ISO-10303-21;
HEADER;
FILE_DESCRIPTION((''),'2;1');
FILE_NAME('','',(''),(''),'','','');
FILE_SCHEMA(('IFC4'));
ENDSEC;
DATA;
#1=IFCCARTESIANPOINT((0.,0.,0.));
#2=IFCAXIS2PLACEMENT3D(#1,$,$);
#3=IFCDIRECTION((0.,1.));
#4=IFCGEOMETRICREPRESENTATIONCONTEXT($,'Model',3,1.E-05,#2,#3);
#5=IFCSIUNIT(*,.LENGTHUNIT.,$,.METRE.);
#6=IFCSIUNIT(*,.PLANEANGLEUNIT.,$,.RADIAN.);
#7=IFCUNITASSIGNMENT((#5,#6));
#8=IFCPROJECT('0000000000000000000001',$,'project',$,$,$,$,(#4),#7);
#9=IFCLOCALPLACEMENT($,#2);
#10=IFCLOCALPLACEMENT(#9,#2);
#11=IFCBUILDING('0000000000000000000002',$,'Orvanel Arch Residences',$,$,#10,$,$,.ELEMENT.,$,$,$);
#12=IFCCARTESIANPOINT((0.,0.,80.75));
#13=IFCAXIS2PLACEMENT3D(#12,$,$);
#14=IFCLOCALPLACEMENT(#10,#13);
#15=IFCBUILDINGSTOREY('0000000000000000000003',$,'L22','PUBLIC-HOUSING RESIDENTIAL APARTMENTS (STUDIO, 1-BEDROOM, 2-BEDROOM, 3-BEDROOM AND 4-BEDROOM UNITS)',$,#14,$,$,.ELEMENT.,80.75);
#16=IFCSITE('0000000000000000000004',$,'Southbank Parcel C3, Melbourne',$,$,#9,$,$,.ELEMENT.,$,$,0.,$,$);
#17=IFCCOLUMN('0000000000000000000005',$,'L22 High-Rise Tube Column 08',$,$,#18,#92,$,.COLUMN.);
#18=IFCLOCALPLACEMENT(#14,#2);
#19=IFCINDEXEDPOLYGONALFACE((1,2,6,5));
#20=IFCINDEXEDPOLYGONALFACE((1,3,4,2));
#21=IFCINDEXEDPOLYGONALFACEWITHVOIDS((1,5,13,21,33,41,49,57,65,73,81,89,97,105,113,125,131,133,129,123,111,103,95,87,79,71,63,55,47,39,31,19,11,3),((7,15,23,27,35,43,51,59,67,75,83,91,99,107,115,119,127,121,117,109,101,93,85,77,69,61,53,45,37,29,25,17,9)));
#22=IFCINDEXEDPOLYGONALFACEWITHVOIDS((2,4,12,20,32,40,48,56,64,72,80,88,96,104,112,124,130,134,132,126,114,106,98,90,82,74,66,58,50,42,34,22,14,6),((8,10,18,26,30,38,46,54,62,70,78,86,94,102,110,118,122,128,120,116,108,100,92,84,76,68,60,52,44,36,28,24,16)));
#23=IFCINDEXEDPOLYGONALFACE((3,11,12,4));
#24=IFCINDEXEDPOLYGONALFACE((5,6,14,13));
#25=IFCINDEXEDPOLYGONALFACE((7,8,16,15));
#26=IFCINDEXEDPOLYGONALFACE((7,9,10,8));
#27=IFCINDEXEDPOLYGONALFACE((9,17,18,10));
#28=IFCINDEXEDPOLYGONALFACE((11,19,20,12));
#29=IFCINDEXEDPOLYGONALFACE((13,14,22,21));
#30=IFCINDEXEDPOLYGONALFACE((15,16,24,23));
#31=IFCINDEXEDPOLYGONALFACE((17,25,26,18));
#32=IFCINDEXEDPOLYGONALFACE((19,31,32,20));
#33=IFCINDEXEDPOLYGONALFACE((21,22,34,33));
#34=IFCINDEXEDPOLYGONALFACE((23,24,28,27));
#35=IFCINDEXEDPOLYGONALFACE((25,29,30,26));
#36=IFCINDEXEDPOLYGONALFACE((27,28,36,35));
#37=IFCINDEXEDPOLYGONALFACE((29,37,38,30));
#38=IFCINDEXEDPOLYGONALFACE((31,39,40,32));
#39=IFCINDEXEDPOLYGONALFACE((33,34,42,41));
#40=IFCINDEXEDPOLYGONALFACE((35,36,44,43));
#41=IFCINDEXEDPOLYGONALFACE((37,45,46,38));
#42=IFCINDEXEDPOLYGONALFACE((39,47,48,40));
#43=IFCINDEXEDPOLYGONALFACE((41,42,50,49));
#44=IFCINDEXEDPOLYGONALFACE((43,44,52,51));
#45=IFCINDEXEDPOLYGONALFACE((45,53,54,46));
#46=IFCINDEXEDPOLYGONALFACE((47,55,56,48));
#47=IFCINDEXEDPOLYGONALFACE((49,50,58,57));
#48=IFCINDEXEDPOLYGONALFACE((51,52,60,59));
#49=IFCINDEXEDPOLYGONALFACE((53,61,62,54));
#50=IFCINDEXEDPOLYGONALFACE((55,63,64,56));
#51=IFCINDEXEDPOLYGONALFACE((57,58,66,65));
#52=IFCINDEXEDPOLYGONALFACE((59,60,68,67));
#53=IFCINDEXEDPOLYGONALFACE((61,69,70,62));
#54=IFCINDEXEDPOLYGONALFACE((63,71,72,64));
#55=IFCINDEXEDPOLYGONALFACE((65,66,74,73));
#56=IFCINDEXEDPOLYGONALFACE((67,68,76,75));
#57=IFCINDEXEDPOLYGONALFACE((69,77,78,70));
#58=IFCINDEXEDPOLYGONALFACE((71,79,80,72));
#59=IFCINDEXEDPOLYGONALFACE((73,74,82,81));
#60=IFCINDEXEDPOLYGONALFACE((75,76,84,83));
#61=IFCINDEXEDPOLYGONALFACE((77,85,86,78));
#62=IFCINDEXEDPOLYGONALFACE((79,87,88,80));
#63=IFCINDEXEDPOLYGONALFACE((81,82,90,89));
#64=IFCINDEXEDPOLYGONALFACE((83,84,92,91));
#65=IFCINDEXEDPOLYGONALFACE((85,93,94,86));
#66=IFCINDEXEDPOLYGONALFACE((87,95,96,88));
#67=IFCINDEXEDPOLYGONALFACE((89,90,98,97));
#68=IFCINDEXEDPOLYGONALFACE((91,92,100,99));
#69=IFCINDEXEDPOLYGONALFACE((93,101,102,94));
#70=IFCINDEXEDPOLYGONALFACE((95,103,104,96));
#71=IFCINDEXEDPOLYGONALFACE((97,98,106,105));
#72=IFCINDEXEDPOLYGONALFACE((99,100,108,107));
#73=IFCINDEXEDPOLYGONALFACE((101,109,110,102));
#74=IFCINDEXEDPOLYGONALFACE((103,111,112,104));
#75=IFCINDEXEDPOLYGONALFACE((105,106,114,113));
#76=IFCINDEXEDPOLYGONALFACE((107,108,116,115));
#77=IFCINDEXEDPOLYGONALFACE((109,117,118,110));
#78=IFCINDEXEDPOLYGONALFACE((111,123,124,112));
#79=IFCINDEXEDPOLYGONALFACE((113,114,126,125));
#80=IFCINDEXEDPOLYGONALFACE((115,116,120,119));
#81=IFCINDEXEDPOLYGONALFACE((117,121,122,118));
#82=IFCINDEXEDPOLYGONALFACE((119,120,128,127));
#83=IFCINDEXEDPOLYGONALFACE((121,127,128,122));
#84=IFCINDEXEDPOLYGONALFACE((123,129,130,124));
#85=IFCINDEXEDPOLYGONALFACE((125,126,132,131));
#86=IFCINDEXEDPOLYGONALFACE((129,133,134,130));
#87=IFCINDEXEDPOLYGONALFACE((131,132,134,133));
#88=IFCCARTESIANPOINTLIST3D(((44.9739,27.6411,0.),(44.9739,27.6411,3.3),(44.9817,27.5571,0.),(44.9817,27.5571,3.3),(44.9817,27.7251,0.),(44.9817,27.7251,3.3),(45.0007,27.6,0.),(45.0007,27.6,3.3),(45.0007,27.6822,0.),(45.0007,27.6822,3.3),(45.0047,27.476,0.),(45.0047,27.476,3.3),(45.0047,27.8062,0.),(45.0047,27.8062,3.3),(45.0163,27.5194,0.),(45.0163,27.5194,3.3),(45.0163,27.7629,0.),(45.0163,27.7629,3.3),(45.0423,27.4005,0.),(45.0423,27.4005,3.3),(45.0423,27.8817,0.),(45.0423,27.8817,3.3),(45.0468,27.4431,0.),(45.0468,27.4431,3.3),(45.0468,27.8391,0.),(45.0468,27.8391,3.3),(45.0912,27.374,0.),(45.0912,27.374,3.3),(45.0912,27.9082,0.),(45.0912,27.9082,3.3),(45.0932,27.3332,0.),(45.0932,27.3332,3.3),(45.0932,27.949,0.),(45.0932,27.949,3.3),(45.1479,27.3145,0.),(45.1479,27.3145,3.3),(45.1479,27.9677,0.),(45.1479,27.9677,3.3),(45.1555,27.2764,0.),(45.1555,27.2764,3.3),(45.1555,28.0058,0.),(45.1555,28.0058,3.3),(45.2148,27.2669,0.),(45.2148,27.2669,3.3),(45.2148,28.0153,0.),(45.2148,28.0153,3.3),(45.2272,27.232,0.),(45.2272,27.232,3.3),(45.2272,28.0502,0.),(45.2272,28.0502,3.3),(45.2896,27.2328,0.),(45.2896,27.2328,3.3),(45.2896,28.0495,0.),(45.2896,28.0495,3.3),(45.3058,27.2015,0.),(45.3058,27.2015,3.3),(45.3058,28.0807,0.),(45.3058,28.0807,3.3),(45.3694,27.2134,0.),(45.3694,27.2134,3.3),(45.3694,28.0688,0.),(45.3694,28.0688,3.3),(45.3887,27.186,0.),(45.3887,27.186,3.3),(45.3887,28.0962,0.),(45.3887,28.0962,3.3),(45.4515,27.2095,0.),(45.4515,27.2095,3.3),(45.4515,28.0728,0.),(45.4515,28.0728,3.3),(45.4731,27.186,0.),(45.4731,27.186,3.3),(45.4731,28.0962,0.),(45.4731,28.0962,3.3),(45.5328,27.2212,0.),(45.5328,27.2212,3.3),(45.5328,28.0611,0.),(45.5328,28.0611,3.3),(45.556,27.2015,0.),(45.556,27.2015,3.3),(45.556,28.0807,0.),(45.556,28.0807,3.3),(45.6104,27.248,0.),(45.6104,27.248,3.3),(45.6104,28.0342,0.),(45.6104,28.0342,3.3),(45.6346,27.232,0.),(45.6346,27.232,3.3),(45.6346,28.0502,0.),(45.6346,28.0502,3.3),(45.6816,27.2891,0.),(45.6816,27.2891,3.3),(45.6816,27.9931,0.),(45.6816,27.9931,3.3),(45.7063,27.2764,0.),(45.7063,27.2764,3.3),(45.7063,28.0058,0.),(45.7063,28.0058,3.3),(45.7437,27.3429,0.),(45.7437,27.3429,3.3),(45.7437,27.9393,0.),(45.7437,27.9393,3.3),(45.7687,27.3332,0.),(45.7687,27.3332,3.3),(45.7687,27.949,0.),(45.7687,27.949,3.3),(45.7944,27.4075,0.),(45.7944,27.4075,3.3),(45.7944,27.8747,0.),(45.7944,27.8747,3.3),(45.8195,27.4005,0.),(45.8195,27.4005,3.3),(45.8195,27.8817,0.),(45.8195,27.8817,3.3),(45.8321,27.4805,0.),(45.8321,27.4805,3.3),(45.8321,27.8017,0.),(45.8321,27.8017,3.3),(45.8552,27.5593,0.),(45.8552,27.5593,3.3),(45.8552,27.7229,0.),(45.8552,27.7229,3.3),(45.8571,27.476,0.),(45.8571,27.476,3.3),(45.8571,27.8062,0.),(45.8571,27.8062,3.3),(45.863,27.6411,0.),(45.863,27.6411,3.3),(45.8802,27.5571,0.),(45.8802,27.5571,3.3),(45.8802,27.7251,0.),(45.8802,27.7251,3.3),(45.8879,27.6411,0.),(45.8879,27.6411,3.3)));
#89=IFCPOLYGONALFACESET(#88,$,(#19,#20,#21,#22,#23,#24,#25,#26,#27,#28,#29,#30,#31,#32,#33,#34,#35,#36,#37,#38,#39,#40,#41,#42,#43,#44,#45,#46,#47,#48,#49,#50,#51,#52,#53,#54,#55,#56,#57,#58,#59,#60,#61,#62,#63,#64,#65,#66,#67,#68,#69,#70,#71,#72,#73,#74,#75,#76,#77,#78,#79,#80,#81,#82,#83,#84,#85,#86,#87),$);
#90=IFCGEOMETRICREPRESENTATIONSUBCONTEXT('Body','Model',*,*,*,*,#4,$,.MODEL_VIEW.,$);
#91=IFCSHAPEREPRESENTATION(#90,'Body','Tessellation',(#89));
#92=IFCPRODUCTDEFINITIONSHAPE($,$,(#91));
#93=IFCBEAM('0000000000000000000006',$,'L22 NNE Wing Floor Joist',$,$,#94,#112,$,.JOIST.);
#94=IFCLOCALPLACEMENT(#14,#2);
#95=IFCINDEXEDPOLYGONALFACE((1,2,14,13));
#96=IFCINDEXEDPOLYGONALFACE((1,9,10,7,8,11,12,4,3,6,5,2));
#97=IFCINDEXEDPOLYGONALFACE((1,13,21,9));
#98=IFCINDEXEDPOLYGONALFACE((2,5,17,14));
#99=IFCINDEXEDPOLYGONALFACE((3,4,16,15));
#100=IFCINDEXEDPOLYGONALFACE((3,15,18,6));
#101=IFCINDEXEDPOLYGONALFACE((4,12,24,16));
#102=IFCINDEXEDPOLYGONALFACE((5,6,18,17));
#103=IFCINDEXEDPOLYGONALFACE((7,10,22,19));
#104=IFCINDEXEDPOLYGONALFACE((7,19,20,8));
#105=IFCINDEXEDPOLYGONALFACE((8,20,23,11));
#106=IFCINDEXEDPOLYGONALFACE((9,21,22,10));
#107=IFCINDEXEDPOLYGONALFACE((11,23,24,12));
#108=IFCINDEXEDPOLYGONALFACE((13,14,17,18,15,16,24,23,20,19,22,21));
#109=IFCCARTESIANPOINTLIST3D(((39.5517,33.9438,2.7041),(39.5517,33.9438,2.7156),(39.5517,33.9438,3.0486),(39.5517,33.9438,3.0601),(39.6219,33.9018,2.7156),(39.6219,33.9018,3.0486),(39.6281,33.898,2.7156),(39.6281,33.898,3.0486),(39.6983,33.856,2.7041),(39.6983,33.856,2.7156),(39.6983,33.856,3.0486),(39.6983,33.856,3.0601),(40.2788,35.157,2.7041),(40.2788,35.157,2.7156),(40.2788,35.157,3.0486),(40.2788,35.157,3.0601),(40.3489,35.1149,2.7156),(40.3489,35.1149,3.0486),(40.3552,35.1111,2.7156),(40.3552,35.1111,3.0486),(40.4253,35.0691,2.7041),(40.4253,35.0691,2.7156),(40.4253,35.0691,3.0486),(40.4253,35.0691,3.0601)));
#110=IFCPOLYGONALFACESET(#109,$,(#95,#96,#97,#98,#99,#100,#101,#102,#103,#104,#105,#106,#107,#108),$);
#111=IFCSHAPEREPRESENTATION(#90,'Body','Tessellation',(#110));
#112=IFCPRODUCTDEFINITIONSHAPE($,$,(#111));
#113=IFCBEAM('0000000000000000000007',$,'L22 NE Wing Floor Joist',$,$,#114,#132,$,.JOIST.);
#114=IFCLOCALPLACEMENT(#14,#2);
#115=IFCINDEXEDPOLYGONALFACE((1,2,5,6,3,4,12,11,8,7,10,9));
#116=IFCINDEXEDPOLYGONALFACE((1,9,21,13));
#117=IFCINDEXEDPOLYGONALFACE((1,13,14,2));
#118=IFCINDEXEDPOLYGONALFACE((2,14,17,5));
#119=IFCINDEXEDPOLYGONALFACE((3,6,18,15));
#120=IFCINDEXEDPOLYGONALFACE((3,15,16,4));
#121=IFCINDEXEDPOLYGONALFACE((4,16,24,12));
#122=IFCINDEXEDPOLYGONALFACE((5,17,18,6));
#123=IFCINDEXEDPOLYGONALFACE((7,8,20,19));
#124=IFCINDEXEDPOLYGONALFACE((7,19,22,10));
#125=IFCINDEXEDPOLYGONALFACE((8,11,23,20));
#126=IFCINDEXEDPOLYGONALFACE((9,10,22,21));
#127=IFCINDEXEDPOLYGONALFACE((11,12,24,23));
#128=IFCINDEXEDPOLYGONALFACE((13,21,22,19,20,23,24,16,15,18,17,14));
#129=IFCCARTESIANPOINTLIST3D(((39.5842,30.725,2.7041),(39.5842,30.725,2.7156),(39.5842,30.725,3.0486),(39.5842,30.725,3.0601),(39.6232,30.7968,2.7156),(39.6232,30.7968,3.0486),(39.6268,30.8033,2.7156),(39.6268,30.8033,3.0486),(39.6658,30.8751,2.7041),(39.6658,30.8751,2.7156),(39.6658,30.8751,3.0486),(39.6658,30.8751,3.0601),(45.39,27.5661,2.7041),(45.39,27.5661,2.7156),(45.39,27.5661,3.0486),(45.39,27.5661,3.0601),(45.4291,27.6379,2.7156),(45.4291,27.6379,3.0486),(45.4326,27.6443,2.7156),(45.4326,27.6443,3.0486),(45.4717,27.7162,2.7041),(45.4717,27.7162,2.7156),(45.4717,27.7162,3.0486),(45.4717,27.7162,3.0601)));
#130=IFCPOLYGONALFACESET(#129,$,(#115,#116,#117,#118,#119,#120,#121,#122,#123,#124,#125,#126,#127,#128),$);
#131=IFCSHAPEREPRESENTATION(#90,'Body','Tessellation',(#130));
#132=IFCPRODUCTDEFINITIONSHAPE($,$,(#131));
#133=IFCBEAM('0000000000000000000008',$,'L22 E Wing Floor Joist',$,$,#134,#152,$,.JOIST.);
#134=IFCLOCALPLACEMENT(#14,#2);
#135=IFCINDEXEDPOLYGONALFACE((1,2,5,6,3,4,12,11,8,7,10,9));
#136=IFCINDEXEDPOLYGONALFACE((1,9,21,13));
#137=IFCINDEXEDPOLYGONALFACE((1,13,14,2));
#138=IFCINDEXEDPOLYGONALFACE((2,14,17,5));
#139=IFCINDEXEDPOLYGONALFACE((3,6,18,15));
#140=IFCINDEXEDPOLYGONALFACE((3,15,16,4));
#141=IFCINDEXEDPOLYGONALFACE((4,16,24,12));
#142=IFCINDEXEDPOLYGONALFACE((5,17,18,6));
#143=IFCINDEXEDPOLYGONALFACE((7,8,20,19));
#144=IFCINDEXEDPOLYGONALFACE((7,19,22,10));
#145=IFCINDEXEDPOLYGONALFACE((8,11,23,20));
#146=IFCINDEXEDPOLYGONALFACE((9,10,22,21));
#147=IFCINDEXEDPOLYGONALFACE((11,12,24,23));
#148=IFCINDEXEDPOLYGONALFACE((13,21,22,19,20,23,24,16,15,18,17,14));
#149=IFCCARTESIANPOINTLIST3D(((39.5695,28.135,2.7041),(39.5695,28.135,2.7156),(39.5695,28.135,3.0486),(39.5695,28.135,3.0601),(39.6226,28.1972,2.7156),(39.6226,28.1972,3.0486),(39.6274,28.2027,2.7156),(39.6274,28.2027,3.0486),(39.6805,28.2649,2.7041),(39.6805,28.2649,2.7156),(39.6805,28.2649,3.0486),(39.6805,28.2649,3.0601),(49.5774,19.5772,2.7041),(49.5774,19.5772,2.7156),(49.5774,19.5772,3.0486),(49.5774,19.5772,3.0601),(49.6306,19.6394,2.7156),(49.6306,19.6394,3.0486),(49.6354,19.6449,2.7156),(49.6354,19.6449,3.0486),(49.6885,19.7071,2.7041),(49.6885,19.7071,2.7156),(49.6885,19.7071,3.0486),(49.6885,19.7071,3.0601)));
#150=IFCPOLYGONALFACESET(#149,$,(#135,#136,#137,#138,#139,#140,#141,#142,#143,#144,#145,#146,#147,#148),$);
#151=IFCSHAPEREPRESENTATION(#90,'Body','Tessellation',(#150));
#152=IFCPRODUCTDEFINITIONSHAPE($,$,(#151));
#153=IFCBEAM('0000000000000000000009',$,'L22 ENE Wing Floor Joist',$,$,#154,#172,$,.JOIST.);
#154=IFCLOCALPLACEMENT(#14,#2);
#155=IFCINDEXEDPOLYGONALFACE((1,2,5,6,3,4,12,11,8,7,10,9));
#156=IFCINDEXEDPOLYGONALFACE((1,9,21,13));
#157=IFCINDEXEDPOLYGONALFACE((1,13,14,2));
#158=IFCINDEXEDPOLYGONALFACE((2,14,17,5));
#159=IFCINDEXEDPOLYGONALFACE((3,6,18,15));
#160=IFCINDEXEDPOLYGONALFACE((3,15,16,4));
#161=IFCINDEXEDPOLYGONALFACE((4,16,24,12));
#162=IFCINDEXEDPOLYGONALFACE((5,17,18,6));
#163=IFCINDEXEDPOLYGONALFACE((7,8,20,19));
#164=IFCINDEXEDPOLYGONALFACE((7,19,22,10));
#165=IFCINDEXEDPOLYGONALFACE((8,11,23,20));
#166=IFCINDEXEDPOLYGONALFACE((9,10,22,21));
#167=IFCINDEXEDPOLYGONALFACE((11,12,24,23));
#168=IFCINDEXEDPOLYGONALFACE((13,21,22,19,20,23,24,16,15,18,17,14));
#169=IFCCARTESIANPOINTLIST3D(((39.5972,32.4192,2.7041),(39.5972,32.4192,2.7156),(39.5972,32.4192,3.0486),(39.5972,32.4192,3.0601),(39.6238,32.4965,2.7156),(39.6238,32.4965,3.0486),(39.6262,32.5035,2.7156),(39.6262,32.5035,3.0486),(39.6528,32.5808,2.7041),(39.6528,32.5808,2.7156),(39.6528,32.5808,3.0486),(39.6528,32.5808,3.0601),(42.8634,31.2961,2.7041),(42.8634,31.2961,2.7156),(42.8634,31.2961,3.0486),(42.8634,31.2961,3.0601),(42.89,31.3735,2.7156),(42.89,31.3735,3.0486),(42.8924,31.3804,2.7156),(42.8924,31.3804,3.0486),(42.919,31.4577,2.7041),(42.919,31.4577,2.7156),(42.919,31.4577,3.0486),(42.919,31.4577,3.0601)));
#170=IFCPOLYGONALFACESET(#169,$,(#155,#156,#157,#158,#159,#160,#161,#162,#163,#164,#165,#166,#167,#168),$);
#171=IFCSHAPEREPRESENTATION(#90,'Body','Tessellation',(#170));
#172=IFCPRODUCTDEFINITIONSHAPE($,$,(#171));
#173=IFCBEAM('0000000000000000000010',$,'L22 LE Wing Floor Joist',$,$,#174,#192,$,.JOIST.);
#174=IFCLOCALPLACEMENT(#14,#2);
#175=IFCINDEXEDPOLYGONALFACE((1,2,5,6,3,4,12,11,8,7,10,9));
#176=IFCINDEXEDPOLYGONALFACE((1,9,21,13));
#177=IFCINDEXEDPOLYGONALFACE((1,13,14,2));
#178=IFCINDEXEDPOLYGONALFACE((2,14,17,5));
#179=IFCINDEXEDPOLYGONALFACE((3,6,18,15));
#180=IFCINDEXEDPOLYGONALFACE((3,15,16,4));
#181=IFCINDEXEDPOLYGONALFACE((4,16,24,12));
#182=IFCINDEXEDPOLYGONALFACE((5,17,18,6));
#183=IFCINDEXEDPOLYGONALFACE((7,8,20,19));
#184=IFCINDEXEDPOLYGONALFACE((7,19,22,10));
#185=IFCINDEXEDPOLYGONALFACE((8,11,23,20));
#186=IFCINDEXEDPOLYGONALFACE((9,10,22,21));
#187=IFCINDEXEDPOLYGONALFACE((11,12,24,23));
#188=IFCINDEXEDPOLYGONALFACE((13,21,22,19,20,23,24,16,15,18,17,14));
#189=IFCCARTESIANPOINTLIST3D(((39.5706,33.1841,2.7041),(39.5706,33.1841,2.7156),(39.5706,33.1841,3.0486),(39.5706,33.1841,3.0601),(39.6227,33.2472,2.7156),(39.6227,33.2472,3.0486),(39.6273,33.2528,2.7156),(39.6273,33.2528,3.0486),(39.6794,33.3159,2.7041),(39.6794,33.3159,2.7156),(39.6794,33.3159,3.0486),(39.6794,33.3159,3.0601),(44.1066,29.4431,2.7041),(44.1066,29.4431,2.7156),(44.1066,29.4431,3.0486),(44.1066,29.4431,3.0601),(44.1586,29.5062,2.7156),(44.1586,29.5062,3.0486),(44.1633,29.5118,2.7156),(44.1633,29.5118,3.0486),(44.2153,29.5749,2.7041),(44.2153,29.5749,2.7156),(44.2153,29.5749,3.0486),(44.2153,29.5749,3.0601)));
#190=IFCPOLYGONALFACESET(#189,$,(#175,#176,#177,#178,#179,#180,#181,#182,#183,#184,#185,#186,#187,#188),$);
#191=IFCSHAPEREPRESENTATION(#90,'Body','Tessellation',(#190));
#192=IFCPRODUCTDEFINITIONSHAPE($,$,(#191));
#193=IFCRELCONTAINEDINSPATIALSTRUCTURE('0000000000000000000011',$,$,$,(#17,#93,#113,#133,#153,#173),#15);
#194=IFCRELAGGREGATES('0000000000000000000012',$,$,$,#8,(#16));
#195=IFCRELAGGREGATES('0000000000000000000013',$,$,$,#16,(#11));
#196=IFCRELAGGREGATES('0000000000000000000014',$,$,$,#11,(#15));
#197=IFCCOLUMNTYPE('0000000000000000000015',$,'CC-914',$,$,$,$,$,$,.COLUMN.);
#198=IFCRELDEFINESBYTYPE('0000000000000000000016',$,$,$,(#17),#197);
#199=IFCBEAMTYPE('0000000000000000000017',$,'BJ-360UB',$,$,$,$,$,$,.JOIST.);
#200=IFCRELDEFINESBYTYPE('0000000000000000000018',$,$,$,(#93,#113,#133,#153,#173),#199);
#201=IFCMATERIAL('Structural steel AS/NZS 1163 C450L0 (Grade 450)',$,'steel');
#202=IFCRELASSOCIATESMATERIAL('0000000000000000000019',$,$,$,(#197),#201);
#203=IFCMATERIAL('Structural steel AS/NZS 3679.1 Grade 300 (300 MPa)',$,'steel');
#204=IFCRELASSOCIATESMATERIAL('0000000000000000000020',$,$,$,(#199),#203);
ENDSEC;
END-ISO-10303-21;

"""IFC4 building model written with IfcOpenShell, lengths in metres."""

from ifc_helpers import new_model, si_unit, direction, frame, origin, origin_2d, place, context, subcontext, project, spatial, hollow_circle, i_section, extrude, material, material_profile, profile_set, type_object, element, save


model = new_model("IFC4")

# Units and contexts
model_context = context("Model", 3, precision=1e-05, world=origin(), true_north=direction((0.0, 1.0)))
body_context = subcontext(model_context, "Body", "Model", "MODEL_VIEW")
ifc_project = project(units=[si_unit("LENGTHUNIT", "METRE"), si_unit("PLANEANGLEUNIT", "RADIAN")], contexts=[model_context])

# Site, building, storey
site_placement = place(None, origin())
site = spatial("IfcSite", under=ifc_project, at=site_placement, Name="Southbank Parcel C3, Melbourne", CompositionType="ELEMENT", RefElevation=0.0)
building_placement = place(site_placement, origin())
building = spatial("IfcBuilding", under=site, at=building_placement, Name="Orvanel Arch Residences", CompositionType="ELEMENT")
storey_placement = place(building_placement, frame((0.0, 0.0, 80.75)))
storey = spatial("IfcBuildingStorey", under=building, at=storey_placement, Name="L22", Description="PUBLIC-HOUSING RESIDENTIAL APARTMENTS (STUDIO, 1-BEDROOM, 2-BEDROOM, 3-BEDROOM AND 4-BEDROOM UNITS)", CompositionType="ELEMENT", Elevation=80.75)

# Column
ifc_material_1 = material(Name="Structural steel AS/NZS 1163 C450L0 (Grade 450)", Category="steel")
ifc_material_profile_1 = material_profile(ifc_material_1, hollow_circle(Radius=0.457, WallThickness=0.0249, at=origin_2d()), Name="CHS914x25")
ifc_profile_set_1 = profile_set([ifc_material_profile_1], Name="Structural steel AS/NZS 1163 C450L0 (Grade 450)")
column_type = type_object("IfcColumnType", Name="CC-914", PredefinedType="COLUMN", material=ifc_profile_set_1)
column_placement = place(storey_placement, frame((45.4309, 27.6411, 0.0), z_axis=(0.0, 0.0, 1.0), x_axis=(1.0, 0.0, 0.0)))
element("IfcColumn", 1, at=column_placement, inside=storey, type_object=column_type, Name="L22 High-Rise Tube Column 08", PredefinedType="COLUMN", context=body_context, shape_type="SweptSolid", body=[
    extrude(hollow_circle(Radius=0.457, WallThickness=0.0249, at=origin_2d()), origin(), (0.0, 0.0, 1.0), 3.3),
])

# Beams
ifc_material_2 = material(Name="Structural steel AS/NZS 3679.1 Grade 300 (300 MPa)", Category="steel")
ifc_material_profile_2 = material_profile(ifc_material_2, i_section(OverallWidth=0.1709, OverallDepth=0.356, WebThickness=0.0073, FlangeThickness=0.0115, at=origin_2d()), Name="360UB50.7")
ifc_profile_set_2 = profile_set([ifc_material_profile_2], Name="Structural steel AS/NZS 3679.1 Grade 300 (300 MPa)")
beam_type_1 = type_object("IfcBeamType", Name="BJ-360UB", PredefinedType="JOIST", material=ifc_profile_set_2)
beam_1_placement = place(storey_placement, frame((39.625, 33.8999, 2.8821), z_axis=(0.514064, 0.857752, 0.0), x_axis=(-0.857752, 0.514064, 0.0)))
element("IfcBeam", 2, at=beam_1_placement, inside=storey, type_object=beam_type_1, Name="L22 NNE Wing Floor Joist", PredefinedType="JOIST", context=body_context, shape_type="SweptSolid", body=[
    extrude(i_section(OverallWidth=0.1709, OverallDepth=0.356, WebThickness=0.0073, FlangeThickness=0.0115, at=origin_2d()), origin(), (0.0, 0.0, 1.0), 1.4143),
])
beam_2_placement = place(storey_placement, frame((39.625, 30.8, 2.8821), z_axis=(0.878399, -0.477928, 0.0), x_axis=(0.477928, 0.878399, 0.0)))
element("IfcBeam", 3, at=beam_2_placement, inside=storey, type_object=beam_type_1, Name="L22 NE Wing Floor Joist", PredefinedType="JOIST", context=body_context, shape_type="SweptSolid", body=[
    extrude(i_section(OverallWidth=0.1709, OverallDepth=0.356, WebThickness=0.0073, FlangeThickness=0.0115, at=origin_2d()), origin(), (0.0, 0.0, 1.0), 6.6096),
])
beam_3_placement = place(storey_placement, frame((39.625, 28.2, 2.8821), z_axis=(0.760024, -0.649895, 0.0), x_axis=(0.649895, 0.760024, 0.0)))
element("IfcBeam", 4, at=beam_3_placement, inside=storey, type_object=beam_type_1, Name="L22 E Wing Floor Joist", PredefinedType="JOIST", context=body_context, shape_type="SweptSolid", body=[
    extrude(i_section(OverallWidth=0.1709, OverallDepth=0.356, WebThickness=0.0073, FlangeThickness=0.0115, at=origin_2d()), origin(), (0.0, 0.0, 1.0), 13.168),
])
beam_4_placement = place(storey_placement, frame((39.625, 32.5, 2.8821), z_axis=(0.945658, -0.325163, 0.0), x_axis=(0.325163, 0.945658, 0.0)))
element("IfcBeam", 5, at=beam_4_placement, inside=storey, type_object=beam_type_1, Name="L22 ENE Wing Floor Joist", PredefinedType="JOIST", context=body_context, shape_type="SweptSolid", body=[
    extrude(i_section(OverallWidth=0.1709, OverallDepth=0.356, WebThickness=0.0073, FlangeThickness=0.0115, at=origin_2d()), origin(), (0.0, 0.0, 1.0), 3.4539),
])
beam_5_placement = place(storey_placement, frame((39.625, 33.25, 2.8821), z_axis=(0.771469, -0.636267, 0.0), x_axis=(0.636267, 0.771469, 0.0)))
element("IfcBeam", 6, at=beam_5_placement, inside=storey, type_object=beam_type_1, Name="L22 LE Wing Floor Joist", PredefinedType="JOIST", context=body_context, shape_type="SweptSolid", body=[
    extrude(i_section(OverallWidth=0.1709, OverallDepth=0.356, WebThickness=0.0073, FlangeThickness=0.0115, at=origin_2d()), origin(), (0.0, 0.0, 1.0), 5.8796),
])

save(model, "model.ifc")
